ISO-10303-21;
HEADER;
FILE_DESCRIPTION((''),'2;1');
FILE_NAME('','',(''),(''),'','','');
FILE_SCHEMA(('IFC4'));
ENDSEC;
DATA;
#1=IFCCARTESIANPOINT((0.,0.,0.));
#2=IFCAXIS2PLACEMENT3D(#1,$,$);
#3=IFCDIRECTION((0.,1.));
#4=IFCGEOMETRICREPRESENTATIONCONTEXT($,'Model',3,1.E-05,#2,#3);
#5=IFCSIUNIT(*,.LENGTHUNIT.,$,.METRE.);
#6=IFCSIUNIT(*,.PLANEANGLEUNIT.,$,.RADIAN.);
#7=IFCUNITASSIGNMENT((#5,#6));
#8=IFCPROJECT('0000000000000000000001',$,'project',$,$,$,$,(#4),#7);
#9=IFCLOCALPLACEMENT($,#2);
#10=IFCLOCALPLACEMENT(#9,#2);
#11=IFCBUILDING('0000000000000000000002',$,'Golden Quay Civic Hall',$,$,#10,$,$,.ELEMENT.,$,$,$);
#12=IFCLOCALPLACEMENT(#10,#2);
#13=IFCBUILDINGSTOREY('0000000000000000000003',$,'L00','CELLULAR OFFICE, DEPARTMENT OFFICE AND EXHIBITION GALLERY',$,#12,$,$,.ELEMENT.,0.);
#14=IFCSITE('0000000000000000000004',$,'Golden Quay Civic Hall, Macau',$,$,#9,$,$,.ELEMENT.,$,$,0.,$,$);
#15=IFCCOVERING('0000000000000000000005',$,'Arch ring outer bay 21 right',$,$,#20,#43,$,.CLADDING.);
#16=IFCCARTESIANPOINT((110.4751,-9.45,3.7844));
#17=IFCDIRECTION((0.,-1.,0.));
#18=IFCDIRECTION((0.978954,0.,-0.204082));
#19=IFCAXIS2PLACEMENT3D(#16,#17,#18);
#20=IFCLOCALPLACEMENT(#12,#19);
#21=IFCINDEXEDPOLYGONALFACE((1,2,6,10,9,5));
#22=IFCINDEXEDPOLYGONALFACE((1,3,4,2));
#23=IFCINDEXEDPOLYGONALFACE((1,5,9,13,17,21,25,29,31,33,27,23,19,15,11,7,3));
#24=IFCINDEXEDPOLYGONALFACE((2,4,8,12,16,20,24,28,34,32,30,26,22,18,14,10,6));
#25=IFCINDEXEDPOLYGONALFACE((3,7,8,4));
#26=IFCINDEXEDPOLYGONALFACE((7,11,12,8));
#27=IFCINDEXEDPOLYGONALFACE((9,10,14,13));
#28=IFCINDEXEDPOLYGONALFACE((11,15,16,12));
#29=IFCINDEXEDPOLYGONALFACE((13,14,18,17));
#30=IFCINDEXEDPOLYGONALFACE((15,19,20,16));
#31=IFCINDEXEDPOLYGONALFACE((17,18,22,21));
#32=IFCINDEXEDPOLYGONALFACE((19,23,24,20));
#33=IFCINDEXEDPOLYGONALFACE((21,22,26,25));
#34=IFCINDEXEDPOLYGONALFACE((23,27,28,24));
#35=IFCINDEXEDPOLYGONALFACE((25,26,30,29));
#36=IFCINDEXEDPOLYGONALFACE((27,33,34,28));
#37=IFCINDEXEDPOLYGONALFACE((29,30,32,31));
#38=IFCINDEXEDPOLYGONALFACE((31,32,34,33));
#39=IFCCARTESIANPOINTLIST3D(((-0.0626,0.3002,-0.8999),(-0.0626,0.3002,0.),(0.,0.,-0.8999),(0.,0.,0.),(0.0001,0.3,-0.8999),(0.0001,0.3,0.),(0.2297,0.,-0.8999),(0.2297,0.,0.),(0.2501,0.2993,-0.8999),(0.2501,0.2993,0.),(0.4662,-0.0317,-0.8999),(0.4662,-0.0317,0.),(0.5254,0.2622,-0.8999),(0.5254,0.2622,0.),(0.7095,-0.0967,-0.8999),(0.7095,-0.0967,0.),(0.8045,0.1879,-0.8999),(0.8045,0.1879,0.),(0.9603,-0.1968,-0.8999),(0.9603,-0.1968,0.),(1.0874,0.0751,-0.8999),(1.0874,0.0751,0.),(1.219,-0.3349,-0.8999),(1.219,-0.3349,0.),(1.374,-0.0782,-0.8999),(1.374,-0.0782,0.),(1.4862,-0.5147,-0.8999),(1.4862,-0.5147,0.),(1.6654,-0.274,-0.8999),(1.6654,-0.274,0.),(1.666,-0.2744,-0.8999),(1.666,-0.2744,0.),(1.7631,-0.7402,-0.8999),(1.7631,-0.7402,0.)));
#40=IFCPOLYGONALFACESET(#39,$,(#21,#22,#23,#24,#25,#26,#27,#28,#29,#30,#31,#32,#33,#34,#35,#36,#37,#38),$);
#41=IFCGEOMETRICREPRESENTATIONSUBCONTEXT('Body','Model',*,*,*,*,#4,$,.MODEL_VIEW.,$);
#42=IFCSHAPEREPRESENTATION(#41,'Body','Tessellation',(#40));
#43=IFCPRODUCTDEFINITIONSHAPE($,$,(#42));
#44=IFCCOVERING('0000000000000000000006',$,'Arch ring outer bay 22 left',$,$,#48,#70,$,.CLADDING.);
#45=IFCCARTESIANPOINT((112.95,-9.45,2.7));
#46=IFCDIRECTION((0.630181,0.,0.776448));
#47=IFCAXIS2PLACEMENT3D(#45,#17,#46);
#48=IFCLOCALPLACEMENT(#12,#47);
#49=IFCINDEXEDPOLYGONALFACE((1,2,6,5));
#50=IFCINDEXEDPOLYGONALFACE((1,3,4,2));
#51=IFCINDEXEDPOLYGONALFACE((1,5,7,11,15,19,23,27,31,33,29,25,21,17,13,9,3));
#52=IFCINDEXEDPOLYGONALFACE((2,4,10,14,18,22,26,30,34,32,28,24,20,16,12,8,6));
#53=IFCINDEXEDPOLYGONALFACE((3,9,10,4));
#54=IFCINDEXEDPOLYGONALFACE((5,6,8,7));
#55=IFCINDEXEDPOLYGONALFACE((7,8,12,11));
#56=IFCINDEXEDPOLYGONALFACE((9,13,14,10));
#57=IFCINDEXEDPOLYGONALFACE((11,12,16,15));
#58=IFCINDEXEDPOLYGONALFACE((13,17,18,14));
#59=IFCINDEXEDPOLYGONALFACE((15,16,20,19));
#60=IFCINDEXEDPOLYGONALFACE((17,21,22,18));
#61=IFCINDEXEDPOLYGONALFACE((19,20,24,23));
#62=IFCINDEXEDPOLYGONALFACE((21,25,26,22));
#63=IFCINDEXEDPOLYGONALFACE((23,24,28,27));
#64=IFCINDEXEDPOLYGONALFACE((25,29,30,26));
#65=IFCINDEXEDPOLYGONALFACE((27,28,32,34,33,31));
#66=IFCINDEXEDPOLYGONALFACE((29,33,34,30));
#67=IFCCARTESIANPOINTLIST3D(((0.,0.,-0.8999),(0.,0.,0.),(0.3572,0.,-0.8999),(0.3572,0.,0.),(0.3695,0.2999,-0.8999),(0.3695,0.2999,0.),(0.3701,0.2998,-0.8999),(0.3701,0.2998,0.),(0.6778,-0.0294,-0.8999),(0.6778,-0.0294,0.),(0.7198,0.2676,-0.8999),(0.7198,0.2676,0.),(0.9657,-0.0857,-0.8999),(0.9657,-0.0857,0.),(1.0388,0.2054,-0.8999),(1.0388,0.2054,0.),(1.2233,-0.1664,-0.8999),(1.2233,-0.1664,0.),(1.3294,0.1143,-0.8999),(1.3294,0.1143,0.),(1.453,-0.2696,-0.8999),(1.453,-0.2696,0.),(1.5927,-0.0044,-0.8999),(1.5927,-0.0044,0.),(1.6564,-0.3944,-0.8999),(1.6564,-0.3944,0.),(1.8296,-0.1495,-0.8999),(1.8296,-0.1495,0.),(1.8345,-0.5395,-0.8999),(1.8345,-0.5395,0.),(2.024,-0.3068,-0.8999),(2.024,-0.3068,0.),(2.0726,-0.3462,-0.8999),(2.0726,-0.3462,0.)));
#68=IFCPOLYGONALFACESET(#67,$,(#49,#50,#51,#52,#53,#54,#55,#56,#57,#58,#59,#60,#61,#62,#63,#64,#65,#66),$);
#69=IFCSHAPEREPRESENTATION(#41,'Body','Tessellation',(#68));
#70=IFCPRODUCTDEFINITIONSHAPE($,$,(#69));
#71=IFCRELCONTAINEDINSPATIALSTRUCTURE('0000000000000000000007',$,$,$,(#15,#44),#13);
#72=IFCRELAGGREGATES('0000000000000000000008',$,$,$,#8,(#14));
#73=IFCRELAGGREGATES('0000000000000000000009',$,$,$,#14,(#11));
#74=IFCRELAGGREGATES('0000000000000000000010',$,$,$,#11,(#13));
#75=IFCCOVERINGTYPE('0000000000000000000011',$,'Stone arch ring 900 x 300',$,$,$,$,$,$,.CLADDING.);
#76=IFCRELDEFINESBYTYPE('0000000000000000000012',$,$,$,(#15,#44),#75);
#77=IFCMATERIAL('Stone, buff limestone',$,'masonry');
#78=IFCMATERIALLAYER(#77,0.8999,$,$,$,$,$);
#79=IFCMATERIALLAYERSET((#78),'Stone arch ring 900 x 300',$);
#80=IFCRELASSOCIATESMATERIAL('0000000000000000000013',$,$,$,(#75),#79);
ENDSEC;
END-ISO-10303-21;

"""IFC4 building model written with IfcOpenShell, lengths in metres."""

from ifc_helpers import new_model, si_unit, direction, frame, origin, place, context, subcontext, project, spatial, polyline, outline, extrude, material, layer, layer_set, type_object, element, save


model = new_model("IFC4")

# Units and contexts
model_context = context("Model", 3, precision=1e-05, world=origin(), true_north=direction((0.0, 1.0)))
body_context = subcontext(model_context, "Body", "Model", "MODEL_VIEW")
ifc_project = project(units=[si_unit("LENGTHUNIT", "METRE"), si_unit("PLANEANGLEUNIT", "RADIAN")], contexts=[model_context])

# Site, building, storey
site_placement = place(None, origin())
site = spatial("IfcSite", under=ifc_project, at=site_placement, Name="Golden Quay Civic Hall, Macau", CompositionType="ELEMENT", RefElevation=0.0)
building_placement = place(site_placement, origin())
building = spatial("IfcBuilding", under=site, at=building_placement, Name="Golden Quay Civic Hall", CompositionType="ELEMENT")
storey_placement = place(building_placement, origin())
storey = spatial("IfcBuildingStorey", under=building, at=storey_placement, Name="L00", Description="CELLULAR OFFICE, DEPARTMENT OFFICE AND EXHIBITION GALLERY", CompositionType="ELEMENT", Elevation=0.0)

# Coverings
ifc_material_1 = material(Name="Stone, buff limestone", Category="masonry")
ifc_layer_1 = layer(ifc_material_1, 0.8999)
ifc_layer_set_1 = layer_set([ifc_layer_1], Name="Stone arch ring 900 x 300")
covering_type_1 = type_object("IfcCoveringType", Name="Stone arch ring 900 x 300", PredefinedType="CLADDING", material=ifc_layer_set_1)
covering_1_placement = place(storey_placement, frame((110.4751, -9.45, 3.7844), z_axis=(0.0, -1.0, 0.0), x_axis=(0.978954, 0.0, -0.204082)))
element("IfcCovering", 1, at=covering_1_placement, inside=storey, type_object=covering_type_1, Name="Arch ring outer bay 21 right", PredefinedType="CLADDING", context=body_context, shape_type="SweptSolid", body=[
    extrude(outline(polyline([(0.0, 0.0), (0.2297, 0.0), (0.4662, -0.0317), (0.7095, -0.0967), (0.9603, -0.1968), (1.219, -0.3349), (1.4862, -0.5147), (1.7631, -0.7402), (1.666, -0.2744), (1.6654, -0.274), (1.374, -0.0782), (1.0874, 0.0751), (0.8045, 0.1879), (0.5254, 0.2622), (0.2501, 0.2993), (0.0001, 0.3), (-0.0626, 0.3002), (0.0, 0.0)])), origin(), (0.0, 0.0, -1.0), 0.8999),
])
covering_2_placement = place(storey_placement, frame((112.95, -9.45, 2.7), z_axis=(0.0, -1.0, 0.0), x_axis=(0.630181, 0.0, 0.776448)))
element("IfcCovering", 2, at=covering_2_placement, inside=storey, type_object=covering_type_1, Name="Arch ring outer bay 22 left", PredefinedType="CLADDING", context=body_context, shape_type="SweptSolid", body=[
    extrude(outline(polyline([(0.0, 0.0), (0.3572, 0.0), (0.6778, -0.0294), (0.9657, -0.0857), (1.2233, -0.1664), (1.453, -0.2696), (1.6564, -0.3944), (1.8345, -0.5395), (2.0726, -0.3462), (2.024, -0.3068), (1.8296, -0.1495), (1.5927, -0.0044), (1.3294, 0.1143), (1.0388, 0.2054), (0.7198, 0.2676), (0.3701, 0.2998), (0.3695, 0.2999), (0.0, 0.0)])), origin(), (0.0, 0.0, -1.0), 0.8999),
])

save(model, "model.ifc")
